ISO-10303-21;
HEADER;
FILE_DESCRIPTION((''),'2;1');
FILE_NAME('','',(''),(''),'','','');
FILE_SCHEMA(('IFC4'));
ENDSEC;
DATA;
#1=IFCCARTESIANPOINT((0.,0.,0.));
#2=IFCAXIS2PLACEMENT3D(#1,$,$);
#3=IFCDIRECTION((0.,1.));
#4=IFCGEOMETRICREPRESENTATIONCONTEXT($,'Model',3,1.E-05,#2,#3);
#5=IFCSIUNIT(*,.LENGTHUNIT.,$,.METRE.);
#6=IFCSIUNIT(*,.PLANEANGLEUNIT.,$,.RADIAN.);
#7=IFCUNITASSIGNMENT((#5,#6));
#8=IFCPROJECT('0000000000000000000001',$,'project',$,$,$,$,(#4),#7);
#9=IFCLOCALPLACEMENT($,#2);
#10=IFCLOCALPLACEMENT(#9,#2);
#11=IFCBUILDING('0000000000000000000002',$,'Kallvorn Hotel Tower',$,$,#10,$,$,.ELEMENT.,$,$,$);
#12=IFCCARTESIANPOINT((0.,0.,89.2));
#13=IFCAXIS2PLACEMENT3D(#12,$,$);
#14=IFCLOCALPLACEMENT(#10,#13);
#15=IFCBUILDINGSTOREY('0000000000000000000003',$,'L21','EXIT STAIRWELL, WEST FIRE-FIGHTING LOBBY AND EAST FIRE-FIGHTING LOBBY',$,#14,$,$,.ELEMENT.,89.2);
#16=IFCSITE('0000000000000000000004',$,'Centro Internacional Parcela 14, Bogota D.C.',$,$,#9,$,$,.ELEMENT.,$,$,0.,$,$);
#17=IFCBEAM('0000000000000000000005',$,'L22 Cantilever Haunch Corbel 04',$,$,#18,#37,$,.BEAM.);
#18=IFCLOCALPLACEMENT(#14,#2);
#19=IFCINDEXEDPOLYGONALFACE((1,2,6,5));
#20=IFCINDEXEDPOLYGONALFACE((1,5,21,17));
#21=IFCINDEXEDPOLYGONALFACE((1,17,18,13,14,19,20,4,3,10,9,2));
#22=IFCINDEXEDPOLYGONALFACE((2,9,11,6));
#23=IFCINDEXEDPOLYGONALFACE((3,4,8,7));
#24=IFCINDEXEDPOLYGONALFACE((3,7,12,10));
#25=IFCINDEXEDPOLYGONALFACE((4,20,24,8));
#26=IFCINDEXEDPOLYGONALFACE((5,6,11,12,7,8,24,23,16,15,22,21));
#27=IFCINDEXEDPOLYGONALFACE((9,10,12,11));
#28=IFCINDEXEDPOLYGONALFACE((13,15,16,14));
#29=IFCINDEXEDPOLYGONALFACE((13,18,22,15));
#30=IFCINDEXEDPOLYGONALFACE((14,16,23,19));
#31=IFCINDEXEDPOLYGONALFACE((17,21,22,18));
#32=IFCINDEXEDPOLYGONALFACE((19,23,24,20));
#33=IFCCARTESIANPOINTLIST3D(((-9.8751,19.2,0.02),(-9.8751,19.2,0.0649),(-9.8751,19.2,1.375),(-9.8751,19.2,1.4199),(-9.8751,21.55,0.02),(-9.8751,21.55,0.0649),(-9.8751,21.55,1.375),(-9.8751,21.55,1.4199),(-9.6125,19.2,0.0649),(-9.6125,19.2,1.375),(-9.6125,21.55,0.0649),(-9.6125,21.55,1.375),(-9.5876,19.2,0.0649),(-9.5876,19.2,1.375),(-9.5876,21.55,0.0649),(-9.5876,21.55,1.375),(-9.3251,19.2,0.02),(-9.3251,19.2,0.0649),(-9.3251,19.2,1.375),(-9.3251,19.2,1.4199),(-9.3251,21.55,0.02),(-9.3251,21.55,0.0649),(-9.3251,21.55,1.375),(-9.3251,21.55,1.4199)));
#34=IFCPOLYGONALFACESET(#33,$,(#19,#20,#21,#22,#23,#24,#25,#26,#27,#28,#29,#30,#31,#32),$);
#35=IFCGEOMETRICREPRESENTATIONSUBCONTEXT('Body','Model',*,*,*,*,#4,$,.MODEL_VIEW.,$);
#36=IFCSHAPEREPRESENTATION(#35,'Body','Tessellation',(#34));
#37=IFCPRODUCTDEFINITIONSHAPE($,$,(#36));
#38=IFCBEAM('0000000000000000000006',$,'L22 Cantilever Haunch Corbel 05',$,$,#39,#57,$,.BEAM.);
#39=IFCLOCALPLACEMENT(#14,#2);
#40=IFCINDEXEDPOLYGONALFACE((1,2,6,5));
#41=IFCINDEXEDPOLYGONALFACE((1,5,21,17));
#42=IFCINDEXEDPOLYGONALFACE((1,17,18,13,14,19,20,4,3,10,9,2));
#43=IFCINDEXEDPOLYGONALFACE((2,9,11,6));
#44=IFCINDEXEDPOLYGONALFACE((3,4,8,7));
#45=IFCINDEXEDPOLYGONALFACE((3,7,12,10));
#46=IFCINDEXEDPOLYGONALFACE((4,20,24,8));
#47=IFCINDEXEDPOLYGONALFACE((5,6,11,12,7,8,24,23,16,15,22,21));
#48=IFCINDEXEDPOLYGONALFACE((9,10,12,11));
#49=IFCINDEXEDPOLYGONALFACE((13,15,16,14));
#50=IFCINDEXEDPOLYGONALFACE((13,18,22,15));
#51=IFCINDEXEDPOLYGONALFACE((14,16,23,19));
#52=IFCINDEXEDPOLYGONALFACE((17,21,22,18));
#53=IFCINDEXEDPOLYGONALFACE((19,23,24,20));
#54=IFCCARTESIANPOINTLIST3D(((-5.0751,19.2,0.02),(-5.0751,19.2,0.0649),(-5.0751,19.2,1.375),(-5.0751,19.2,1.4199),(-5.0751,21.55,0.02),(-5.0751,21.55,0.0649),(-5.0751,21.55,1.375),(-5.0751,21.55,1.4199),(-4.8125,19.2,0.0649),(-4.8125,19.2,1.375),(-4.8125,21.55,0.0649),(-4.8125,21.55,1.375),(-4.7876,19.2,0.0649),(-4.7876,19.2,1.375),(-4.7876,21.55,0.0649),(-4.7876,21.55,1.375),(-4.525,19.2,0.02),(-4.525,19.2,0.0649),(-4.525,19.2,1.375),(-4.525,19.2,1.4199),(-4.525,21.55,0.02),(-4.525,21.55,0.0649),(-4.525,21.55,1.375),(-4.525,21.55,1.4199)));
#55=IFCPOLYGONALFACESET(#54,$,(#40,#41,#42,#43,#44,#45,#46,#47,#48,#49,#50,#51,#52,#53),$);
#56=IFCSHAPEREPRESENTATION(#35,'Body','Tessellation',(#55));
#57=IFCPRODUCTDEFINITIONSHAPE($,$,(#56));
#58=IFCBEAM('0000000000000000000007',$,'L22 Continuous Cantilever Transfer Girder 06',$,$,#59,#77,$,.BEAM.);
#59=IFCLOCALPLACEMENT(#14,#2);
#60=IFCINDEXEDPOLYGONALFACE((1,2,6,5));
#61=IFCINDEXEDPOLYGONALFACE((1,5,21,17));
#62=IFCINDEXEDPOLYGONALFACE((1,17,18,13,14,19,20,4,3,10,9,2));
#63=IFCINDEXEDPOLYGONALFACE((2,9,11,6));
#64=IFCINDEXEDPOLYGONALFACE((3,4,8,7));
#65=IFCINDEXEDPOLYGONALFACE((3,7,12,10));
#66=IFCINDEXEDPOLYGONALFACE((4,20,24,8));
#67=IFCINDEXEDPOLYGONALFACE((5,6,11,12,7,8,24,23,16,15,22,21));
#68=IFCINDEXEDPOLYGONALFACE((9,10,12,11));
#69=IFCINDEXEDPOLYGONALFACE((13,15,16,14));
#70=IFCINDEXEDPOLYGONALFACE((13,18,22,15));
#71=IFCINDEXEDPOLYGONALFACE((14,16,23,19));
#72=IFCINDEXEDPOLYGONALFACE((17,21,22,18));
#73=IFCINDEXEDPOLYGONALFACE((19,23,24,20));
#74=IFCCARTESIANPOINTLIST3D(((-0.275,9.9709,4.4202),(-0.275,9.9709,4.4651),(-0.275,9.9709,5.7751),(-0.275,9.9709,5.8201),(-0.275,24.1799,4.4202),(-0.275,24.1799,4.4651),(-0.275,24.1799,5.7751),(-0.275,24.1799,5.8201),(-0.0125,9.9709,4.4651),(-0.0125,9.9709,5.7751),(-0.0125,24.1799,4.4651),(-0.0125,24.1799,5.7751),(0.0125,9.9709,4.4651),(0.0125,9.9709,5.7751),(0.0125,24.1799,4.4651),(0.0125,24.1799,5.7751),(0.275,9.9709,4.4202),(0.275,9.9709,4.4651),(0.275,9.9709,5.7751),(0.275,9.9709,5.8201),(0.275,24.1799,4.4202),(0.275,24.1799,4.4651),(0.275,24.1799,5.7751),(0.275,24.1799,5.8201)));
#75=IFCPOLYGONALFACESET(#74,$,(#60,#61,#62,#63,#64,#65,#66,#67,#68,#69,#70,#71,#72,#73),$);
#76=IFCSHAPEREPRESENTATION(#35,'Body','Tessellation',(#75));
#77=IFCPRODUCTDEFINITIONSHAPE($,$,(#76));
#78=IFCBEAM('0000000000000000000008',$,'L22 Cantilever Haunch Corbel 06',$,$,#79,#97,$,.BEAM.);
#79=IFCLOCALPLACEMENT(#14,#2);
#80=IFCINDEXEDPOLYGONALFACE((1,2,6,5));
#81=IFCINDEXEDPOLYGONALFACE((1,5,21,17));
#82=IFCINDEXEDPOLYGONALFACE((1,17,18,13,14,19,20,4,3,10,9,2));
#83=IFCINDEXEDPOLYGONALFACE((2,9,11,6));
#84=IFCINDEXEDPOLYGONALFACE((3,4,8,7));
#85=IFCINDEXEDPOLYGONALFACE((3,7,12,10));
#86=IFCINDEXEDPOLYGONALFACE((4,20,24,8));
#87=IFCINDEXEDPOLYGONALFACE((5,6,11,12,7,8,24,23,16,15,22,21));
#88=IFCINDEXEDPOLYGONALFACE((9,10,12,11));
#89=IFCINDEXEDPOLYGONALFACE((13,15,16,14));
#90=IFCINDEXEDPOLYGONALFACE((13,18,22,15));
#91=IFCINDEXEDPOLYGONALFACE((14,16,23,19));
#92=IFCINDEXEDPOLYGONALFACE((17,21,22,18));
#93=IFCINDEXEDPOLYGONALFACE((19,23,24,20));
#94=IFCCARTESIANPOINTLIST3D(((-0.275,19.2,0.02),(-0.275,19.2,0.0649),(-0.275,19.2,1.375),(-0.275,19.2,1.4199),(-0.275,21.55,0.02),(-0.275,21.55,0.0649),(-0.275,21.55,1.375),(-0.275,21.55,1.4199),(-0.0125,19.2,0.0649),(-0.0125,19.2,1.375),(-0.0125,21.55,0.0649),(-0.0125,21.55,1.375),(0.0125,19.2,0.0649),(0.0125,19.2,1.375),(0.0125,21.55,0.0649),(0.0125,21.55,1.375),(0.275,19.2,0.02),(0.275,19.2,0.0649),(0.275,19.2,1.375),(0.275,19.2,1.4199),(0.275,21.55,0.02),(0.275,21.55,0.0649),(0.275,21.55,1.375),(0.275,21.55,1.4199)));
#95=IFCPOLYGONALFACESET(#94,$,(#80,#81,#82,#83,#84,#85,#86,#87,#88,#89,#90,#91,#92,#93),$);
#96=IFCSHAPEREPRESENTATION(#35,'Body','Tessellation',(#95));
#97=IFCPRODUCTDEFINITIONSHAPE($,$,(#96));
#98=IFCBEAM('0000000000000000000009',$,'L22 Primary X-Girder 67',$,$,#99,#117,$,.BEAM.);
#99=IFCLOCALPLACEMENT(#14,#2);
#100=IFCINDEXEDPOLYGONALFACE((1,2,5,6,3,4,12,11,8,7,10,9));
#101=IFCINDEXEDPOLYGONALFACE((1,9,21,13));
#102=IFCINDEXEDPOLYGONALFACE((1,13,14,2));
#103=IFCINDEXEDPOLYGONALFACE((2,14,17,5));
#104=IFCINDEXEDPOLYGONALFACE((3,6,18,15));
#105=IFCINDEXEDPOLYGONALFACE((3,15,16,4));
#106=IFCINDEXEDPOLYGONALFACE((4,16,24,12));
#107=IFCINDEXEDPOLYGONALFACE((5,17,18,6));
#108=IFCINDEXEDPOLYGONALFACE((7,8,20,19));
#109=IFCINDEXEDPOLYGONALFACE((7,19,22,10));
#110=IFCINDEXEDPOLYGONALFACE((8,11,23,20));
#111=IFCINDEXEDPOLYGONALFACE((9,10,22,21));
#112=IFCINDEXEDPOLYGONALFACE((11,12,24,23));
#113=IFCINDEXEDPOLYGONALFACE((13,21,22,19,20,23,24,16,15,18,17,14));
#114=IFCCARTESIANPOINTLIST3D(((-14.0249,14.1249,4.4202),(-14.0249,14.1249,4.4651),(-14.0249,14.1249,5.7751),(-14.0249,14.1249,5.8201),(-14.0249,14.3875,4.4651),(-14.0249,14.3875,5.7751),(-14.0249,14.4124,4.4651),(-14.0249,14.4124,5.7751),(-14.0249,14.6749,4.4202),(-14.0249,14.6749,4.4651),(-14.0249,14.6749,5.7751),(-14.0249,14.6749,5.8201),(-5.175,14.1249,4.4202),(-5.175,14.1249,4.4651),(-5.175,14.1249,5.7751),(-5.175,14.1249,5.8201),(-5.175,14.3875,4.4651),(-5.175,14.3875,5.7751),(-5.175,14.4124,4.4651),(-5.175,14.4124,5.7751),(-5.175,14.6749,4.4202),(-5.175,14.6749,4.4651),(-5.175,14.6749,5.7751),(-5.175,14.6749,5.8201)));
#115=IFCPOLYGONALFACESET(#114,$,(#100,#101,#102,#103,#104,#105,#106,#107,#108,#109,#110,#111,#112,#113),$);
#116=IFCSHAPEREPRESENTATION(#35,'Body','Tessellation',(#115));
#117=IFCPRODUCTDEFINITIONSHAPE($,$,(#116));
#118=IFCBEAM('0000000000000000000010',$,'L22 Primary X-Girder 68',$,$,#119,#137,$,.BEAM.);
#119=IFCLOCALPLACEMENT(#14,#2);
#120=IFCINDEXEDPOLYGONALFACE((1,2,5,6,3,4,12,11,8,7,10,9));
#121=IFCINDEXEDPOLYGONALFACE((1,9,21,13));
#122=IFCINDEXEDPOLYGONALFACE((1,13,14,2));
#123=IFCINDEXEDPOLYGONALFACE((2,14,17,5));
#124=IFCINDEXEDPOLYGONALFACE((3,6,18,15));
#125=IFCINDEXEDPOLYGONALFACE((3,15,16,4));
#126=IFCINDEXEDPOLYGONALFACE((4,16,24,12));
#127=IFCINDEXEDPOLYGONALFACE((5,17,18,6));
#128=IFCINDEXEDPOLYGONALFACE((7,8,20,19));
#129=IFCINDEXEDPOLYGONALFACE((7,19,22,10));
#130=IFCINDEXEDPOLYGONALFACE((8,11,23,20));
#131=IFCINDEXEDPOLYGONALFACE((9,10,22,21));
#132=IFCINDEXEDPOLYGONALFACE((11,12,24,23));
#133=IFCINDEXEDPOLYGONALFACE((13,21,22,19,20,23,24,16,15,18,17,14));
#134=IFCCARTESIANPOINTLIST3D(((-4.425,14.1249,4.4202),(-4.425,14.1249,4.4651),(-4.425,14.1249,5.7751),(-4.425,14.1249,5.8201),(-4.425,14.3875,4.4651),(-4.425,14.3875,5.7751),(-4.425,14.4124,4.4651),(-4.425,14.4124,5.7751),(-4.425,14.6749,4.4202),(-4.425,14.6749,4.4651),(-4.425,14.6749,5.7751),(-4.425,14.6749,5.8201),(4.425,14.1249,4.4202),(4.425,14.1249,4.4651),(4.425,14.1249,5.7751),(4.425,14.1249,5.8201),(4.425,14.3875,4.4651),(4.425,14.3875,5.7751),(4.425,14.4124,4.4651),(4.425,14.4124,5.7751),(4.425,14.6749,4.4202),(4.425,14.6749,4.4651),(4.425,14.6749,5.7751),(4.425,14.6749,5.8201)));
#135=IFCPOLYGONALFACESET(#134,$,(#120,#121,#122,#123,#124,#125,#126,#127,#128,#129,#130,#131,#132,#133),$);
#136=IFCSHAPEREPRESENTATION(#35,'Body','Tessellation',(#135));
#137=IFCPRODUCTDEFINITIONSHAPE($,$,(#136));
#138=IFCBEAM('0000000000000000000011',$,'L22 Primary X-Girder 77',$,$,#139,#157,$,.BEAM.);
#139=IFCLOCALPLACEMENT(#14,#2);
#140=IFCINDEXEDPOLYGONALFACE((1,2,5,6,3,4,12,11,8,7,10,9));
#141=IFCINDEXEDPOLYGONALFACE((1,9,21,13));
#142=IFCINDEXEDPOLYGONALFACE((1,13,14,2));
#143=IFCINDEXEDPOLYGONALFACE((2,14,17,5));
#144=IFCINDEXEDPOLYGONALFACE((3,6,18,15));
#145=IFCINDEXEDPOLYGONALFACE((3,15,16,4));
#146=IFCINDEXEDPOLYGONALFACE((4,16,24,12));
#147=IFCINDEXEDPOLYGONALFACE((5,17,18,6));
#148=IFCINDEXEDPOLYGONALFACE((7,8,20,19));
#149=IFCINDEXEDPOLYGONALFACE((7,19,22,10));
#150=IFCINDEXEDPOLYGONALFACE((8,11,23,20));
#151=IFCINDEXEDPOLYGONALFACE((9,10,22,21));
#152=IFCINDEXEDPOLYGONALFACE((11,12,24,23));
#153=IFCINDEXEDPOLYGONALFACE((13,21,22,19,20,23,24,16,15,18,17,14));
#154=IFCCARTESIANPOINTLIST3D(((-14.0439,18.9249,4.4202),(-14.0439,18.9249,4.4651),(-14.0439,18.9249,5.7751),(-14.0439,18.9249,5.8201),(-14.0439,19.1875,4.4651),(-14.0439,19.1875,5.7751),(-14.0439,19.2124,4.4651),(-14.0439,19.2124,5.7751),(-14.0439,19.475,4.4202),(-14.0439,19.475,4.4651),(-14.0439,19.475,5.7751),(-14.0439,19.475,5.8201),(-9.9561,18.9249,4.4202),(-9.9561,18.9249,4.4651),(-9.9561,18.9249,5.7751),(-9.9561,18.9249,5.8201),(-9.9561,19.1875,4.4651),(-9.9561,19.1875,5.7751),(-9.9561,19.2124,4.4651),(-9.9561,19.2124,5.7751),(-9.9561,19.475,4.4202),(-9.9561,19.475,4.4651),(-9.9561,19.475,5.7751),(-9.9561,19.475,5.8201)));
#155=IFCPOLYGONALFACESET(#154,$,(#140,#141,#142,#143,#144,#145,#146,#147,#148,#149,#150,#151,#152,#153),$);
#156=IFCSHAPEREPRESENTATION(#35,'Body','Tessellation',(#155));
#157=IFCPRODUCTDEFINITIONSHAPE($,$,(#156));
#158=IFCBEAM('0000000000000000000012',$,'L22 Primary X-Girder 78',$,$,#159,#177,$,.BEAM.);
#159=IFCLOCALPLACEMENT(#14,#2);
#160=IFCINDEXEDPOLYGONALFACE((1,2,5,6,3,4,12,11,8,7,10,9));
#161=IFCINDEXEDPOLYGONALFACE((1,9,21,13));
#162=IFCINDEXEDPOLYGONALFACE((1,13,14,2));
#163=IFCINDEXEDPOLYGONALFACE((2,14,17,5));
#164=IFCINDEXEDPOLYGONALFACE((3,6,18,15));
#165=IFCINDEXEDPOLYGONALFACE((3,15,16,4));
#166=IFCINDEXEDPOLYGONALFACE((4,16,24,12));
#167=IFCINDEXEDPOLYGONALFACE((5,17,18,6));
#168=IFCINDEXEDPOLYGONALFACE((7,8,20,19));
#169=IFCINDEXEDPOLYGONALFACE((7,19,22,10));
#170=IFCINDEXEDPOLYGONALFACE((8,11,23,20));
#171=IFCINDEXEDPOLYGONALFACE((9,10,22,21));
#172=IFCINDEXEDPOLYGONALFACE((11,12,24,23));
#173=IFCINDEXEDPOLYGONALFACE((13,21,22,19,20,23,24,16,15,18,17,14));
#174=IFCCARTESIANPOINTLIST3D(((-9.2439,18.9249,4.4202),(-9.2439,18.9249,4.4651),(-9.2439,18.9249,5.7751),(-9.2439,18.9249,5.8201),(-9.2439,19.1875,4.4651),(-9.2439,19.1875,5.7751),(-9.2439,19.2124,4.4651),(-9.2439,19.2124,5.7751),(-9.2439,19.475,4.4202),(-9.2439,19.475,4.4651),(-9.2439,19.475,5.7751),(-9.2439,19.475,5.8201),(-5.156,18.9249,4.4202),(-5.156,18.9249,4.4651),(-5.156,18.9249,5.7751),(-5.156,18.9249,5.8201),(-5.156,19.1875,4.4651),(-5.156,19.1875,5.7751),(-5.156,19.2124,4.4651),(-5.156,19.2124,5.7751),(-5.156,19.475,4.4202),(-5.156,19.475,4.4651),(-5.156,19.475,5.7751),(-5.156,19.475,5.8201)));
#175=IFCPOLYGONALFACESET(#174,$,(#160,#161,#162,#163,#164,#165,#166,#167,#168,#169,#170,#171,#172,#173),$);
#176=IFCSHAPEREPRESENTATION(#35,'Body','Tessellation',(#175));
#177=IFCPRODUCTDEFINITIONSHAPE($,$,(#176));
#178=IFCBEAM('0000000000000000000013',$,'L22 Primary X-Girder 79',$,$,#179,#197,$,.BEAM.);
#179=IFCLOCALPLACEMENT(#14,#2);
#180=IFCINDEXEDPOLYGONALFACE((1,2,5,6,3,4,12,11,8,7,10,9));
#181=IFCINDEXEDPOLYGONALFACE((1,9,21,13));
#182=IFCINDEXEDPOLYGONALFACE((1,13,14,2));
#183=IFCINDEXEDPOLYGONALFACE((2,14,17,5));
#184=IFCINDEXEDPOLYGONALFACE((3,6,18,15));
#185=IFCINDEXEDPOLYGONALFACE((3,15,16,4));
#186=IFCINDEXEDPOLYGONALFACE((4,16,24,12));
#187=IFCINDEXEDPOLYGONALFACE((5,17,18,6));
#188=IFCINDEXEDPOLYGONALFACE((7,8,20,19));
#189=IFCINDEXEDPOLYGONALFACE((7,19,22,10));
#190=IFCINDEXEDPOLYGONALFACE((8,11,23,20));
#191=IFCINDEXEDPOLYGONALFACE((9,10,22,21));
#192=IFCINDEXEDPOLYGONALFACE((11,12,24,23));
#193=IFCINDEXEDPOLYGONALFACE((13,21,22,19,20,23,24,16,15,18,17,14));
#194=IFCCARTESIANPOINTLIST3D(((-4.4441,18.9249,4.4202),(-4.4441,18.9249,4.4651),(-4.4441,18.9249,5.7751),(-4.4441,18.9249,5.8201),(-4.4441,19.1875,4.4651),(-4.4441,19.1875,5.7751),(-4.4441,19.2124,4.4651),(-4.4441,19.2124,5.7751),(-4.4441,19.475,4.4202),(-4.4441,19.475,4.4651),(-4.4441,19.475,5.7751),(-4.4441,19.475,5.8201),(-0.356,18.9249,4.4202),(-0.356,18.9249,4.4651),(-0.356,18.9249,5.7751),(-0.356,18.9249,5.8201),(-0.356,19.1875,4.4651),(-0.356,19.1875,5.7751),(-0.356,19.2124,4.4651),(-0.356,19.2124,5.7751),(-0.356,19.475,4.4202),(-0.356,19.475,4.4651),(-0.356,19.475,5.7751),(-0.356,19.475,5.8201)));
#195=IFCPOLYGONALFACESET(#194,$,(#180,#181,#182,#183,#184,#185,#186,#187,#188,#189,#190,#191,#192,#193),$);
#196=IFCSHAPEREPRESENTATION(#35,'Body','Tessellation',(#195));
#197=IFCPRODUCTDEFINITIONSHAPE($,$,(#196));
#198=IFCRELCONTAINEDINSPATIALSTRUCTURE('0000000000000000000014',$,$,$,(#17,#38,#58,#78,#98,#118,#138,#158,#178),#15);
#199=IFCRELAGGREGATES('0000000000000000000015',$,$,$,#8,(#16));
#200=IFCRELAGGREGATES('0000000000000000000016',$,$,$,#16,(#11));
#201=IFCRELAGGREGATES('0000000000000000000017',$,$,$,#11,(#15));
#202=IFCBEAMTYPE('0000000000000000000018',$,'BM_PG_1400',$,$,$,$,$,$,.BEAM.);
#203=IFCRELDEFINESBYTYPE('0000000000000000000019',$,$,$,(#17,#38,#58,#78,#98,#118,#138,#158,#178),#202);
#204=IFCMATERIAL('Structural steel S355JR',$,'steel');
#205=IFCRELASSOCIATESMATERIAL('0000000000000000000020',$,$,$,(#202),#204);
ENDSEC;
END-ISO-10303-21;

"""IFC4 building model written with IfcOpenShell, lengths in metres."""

from ifc_helpers import new_model, si_unit, direction, frame, origin, origin_2d, place, context, subcontext, project, spatial, i_section, extrude, material, material_profile, profile_set, type_object, element, save


model = new_model("IFC4")

# Units and contexts
model_context = context("Model", 3, precision=1e-05, world=origin(), true_north=direction((0.0, 1.0)))
body_context = subcontext(model_context, "Body", "Model", "MODEL_VIEW")
ifc_project = project(units=[si_unit("LENGTHUNIT", "METRE"), si_unit("PLANEANGLEUNIT", "RADIAN")], contexts=[model_context])

# Site, building, storey
site_placement = place(None, origin())
site = spatial("IfcSite", under=ifc_project, at=site_placement, Name="Centro Internacional Parcela 14, Bogota D.C.", CompositionType="ELEMENT", RefElevation=0.0)
building_placement = place(site_placement, origin())
building = spatial("IfcBuilding", under=site, at=building_placement, Name="Kallvorn Hotel Tower", CompositionType="ELEMENT")
storey_placement = place(building_placement, frame((0.0, 0.0, 89.2)))
storey = spatial("IfcBuildingStorey", under=building, at=storey_placement, Name="L21", Description="EXIT STAIRWELL, WEST FIRE-FIGHTING LOBBY AND EAST FIRE-FIGHTING LOBBY", CompositionType="ELEMENT", Elevation=89.2)

# Beams
ifc_material_1 = material(Name="Structural steel S355JR", Category="steel")
ifc_material_profile_1 = material_profile(ifc_material_1, i_section(OverallWidth=0.55, OverallDepth=1.3999, WebThickness=0.0249, FlangeThickness=0.0449, at=origin_2d()), Name="PG 1400x550x25x45")
ifc_profile_set_1 = profile_set([ifc_material_profile_1], Name="Structural steel S355JR")
beam_type_1 = type_object("IfcBeamType", Name="BM_PG_1400", PredefinedType="BEAM", material=ifc_profile_set_1)
for number, where, z_axis, x_axis, name in (
    (1, (-9.6001, 19.2, 0.72), (0.0, 1.0, 0.0), (-1.0, 0.0, 0.0), "L22 Cantilever Haunch Corbel 04"),
    (2, (-4.8, 19.2, 0.72), (0.0, 1.0, 0.0), (-1.0, 0.0, 0.0), "L22 Cantilever Haunch Corbel 05"),
):
    element("IfcBeam", number, at=place(storey_placement, frame(where, z_axis=z_axis, x_axis=x_axis)), inside=storey, type_object=beam_type_1, Name=name, PredefinedType="BEAM", context=body_context, shape_type="SweptSolid", body=[
        extrude(i_section(OverallWidth=0.55, OverallDepth=1.3999, WebThickness=0.0249, FlangeThickness=0.0449, at=origin_2d()), origin(), (0.0, 0.0, 1.0), 2.3501),
    ])
beam_1_placement = place(storey_placement, frame((0.0, 9.9709, 5.1201), z_axis=(0.0, 1.0, 0.0), x_axis=(-1.0, 0.0, 0.0)))
element("IfcBeam", 3, at=beam_1_placement, inside=storey, type_object=beam_type_1, Name="L22 Continuous Cantilever Transfer Girder 06", PredefinedType="BEAM", context=body_context, shape_type="SweptSolid", body=[
    extrude(i_section(OverallWidth=0.55, OverallDepth=1.3999, WebThickness=0.0249, FlangeThickness=0.0449, at=origin_2d()), origin(), (0.0, 0.0, 1.0), 14.209),
])
beam_2_placement = place(storey_placement, frame((0.0, 19.2, 0.72), z_axis=(0.0, 1.0, 0.0), x_axis=(-1.0, 0.0, 0.0)))
element("IfcBeam", 4, at=beam_2_placement, inside=storey, type_object=beam_type_1, Name="L22 Cantilever Haunch Corbel 06", PredefinedType="BEAM", context=body_context, shape_type="SweptSolid", body=[
    extrude(i_section(OverallWidth=0.55, OverallDepth=1.3999, WebThickness=0.0249, FlangeThickness=0.0449, at=origin_2d()), origin(), (0.0, 0.0, 1.0), 2.3501),
])
beam_3_placement = place(storey_placement, frame((-14.0249, 14.3999, 5.1201), z_axis=(1.0, 0.0, 0.0), x_axis=(0.0, 1.0, 0.0)))
element("IfcBeam", 5, at=beam_3_placement, inside=storey, type_object=beam_type_1, Name="L22 Primary X-Girder 67", PredefinedType="BEAM", context=body_context, shape_type="SweptSolid", body=[
    extrude(i_section(OverallWidth=0.55, OverallDepth=1.3999, WebThickness=0.0249, FlangeThickness=0.0449, at=origin_2d()), origin(), (0.0, 0.0, 1.0), 8.8499),
])
beam_4_placement = place(storey_placement, frame((-4.425, 14.3999, 5.1201), z_axis=(1.0, 0.0, 0.0), x_axis=(0.0, 1.0, 0.0)))
element("IfcBeam", 6, at=beam_4_placement, inside=storey, type_object=beam_type_1, Name="L22 Primary X-Girder 68", PredefinedType="BEAM", context=body_context, shape_type="SweptSolid", body=[
    extrude(i_section(OverallWidth=0.55, OverallDepth=1.3999, WebThickness=0.0249, FlangeThickness=0.0449, at=origin_2d()), origin(), (0.0, 0.0, 1.0), 8.8501),
])
for number, where, z_axis, x_axis, name in (
    (7, (-14.0439, 19.2, 5.1201), (1.0, 0.0, 0.0), (0.0, 1.0, 0.0), "L22 Primary X-Girder 77"),
    (8, (-9.2439, 19.2, 5.1201), (1.0, 0.0, 0.0), (0.0, 1.0, 0.0), "L22 Primary X-Girder 78"),
):
    element("IfcBeam", number, at=place(storey_placement, frame(where, z_axis=z_axis, x_axis=x_axis)), inside=storey, type_object=beam_type_1, Name=name, PredefinedType="BEAM", context=body_context, shape_type="SweptSolid", body=[
        extrude(i_section(OverallWidth=0.55, OverallDepth=1.3999, WebThickness=0.0249, FlangeThickness=0.0449, at=origin_2d()), origin(), (0.0, 0.0, 1.0), 4.0879),
    ])
beam_5_placement = place(storey_placement, frame((-4.4441, 19.2, 5.1201), z_axis=(1.0, 0.0, 0.0), x_axis=(0.0, 1.0, 0.0)))
element("IfcBeam", 9, at=beam_5_placement, inside=storey, type_object=beam_type_1, Name="L22 Primary X-Girder 79", PredefinedType="BEAM", context=body_context, shape_type="SweptSolid", body=[
    extrude(i_section(OverallWidth=0.55, OverallDepth=1.3999, WebThickness=0.0249, FlangeThickness=0.0449, at=origin_2d()), origin(), (0.0, 0.0, 1.0), 4.0881),
])

save(model, "model.ifc")
